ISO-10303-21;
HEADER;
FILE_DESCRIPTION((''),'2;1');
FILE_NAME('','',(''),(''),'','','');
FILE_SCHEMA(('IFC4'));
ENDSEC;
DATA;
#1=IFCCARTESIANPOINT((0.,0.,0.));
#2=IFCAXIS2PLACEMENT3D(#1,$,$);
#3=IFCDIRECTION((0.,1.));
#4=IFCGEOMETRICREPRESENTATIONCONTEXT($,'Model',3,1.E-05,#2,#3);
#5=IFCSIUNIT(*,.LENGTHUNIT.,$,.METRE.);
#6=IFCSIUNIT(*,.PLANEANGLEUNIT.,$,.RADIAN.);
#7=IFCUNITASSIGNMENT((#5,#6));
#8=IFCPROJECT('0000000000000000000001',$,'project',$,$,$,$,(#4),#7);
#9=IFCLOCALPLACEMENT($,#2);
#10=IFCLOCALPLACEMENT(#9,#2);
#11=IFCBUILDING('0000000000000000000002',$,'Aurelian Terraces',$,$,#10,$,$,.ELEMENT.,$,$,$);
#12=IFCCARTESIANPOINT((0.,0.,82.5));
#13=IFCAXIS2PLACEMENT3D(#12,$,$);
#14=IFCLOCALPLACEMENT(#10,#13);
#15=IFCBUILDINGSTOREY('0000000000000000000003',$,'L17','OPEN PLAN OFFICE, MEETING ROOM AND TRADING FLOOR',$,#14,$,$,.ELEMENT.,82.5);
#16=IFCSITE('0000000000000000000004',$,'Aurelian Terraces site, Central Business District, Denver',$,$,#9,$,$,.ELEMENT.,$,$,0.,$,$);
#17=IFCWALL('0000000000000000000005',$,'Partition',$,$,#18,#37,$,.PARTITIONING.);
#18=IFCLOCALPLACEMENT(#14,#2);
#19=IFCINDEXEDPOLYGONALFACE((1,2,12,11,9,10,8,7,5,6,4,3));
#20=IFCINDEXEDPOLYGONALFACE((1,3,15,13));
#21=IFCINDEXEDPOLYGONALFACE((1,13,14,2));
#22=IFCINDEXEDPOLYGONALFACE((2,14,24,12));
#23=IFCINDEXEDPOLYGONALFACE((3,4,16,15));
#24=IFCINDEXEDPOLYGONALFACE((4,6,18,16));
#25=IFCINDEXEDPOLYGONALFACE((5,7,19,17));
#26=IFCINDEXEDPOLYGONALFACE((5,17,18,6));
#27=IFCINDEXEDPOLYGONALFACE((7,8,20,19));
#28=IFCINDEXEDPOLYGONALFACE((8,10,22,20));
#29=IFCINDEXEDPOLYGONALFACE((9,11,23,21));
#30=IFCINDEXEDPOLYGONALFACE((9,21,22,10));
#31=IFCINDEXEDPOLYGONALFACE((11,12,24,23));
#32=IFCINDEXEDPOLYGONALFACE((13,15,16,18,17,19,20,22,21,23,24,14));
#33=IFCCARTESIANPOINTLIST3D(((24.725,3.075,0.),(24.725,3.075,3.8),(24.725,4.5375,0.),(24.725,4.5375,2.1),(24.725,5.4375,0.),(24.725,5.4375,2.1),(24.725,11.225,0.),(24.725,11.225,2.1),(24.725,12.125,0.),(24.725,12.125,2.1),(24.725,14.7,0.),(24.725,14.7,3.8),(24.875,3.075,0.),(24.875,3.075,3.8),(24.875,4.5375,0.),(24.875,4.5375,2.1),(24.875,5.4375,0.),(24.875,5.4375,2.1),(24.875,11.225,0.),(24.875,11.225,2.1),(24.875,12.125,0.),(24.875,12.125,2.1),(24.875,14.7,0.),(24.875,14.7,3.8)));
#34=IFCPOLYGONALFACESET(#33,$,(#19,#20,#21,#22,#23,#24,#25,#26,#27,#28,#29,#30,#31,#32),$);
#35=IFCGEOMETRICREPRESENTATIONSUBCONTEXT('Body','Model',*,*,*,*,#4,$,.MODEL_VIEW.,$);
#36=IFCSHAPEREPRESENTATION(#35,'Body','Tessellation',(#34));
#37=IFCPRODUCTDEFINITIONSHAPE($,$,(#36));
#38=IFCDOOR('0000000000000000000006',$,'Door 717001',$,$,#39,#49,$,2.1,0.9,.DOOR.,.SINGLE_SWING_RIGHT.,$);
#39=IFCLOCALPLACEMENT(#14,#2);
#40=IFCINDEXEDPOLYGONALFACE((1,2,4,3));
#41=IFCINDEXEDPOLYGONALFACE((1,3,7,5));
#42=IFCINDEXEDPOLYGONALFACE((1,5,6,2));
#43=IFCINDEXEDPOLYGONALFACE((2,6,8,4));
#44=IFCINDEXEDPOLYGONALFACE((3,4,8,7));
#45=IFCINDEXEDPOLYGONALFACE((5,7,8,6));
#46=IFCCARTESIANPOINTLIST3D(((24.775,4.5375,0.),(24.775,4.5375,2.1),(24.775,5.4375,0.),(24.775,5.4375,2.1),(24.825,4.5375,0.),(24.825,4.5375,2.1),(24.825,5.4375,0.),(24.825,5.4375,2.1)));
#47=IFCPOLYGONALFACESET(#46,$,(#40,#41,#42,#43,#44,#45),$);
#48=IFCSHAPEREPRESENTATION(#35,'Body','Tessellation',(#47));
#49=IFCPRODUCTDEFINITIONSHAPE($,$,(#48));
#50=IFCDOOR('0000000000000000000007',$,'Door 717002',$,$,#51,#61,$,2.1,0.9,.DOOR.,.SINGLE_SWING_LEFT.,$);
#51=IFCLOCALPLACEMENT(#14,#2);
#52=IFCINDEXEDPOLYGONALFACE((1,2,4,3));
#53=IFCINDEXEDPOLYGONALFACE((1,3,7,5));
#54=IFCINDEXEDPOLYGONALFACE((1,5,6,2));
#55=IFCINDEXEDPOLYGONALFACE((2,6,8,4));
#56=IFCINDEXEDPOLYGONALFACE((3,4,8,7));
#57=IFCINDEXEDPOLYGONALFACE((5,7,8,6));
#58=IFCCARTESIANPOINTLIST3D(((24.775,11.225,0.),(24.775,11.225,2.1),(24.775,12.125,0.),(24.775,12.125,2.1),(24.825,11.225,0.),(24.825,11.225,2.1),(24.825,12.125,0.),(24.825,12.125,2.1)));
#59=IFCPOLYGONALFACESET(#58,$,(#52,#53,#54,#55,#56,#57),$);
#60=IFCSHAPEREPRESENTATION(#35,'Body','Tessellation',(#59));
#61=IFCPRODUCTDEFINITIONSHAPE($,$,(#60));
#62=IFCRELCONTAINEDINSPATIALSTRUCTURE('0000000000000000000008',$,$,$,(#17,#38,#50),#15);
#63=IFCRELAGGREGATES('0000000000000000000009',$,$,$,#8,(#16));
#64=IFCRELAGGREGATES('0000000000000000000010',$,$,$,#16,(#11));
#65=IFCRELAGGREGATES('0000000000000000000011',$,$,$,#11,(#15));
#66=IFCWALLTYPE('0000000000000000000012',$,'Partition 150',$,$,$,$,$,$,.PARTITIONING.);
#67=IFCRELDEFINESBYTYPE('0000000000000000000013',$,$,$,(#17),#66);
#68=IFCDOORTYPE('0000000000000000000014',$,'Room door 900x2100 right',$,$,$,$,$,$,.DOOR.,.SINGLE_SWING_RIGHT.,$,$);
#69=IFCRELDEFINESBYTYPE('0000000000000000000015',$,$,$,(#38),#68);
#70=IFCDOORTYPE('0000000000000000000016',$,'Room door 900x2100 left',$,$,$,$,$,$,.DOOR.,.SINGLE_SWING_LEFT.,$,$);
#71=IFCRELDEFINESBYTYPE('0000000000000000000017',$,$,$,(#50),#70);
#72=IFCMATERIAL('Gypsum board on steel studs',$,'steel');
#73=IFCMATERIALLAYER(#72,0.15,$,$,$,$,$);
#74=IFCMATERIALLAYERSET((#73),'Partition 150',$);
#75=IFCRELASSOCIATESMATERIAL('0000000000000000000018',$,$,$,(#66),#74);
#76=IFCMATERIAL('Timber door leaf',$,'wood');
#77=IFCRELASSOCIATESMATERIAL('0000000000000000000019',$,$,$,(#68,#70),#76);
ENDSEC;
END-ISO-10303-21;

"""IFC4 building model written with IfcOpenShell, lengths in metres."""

from ifc_helpers import new_model, si_unit, direction, frame, frame_2d, origin, place, context, subcontext, project, spatial, rectangle, extrude, source, transform, mapped, material, layer, layer_set, type_object, element, fill, save


model = new_model("IFC4")

# Units and contexts
model_context = context("Model", 3, precision=1e-05, world=origin(), true_north=direction((0.0, 1.0)))
body_context = subcontext(model_context, "Body", "Model", "MODEL_VIEW")
ifc_project = project(units=[si_unit("LENGTHUNIT", "METRE"), si_unit("PLANEANGLEUNIT", "RADIAN")], contexts=[model_context])

# Site, building, storey
site_placement = place(None, origin())
site = spatial("IfcSite", under=ifc_project, at=site_placement, Name="Aurelian Terraces site, Central Business District, Denver", CompositionType="ELEMENT", RefElevation=0.0)
building_placement = place(site_placement, origin())
building = spatial("IfcBuilding", under=site, at=building_placement, Name="Aurelian Terraces", CompositionType="ELEMENT")
storey_placement = place(building_placement, frame((0.0, 0.0, 82.5)))
storey = spatial("IfcBuildingStorey", under=building, at=storey_placement, Name="L17", Description="OPEN PLAN OFFICE, MEETING ROOM AND TRADING FLOOR", CompositionType="ELEMENT", Elevation=82.5)

# Shared definitions
ifc_material_1 = material(Name="Gypsum board on steel studs", Category="steel")
ifc_layer_1 = layer(ifc_material_1, 0.15)
ifc_layer_set_1 = layer_set([ifc_layer_1], Name="Partition 150")
wall_type_1 = type_object("IfcWallType", Name="Partition 150", PredefinedType="PARTITIONING", material=ifc_layer_set_1)
shared_shape_1 = source(origin(), body_context, "Body", "SweptSolid", [
    extrude(rectangle(XDim=0.9, YDim=2.1, at=frame_2d((0.45, 1.05))), frame((0.0, 0.085, 0.0), z_axis=(0.0, -1.0, 0.0), x_axis=(1.0, 0.0, 0.0)), (0.0, 0.0, 1.0), 0.17),
])
ifc_material_2 = material(Name="Timber door leaf", Category="wood")
door_type_1 = type_object("IfcDoorType", Name="Room door 900x2100 right", OperationType="SINGLE_SWING_RIGHT", PredefinedType="DOOR", material=ifc_material_2)
shared_shape_2 = source(origin(), body_context, "Body", "SweptSolid", [
    extrude(rectangle(XDim=0.9, YDim=2.1, at=frame_2d((0.45, 1.05))), frame((0.0, 0.025, 0.0), z_axis=(0.0, -1.0, 0.0), x_axis=(1.0, 0.0, 0.0)), (0.0, 0.0, 1.0), 0.05),
])

# Wall, openings, doors
shared_shape_3 = source(origin(), body_context, "Body", "SweptSolid", [
    extrude(rectangle(XDim=11.625, YDim=0.15, at=frame_2d((5.8125, 0.0))), origin(), (0.0, 0.0, 1.0), 3.8),
])
wall_1_placement = place(storey_placement, frame((24.8, 14.7, 0.0), z_axis=(0.0, 0.0, 1.0), x_axis=(0.0, -1.0, 0.0)))
wall_1 = element("IfcWall", 1, at=wall_1_placement, inside=storey, type_object=wall_type_1, Name="Partition", PredefinedType="PARTITIONING", context=body_context, shape_type="MappedRepresentation", body=[
    mapped(shared_shape_3, transform((0.0, 0.0, 0.0), scale=1.0)),
])
opening_1_placement = place(wall_1_placement, frame((9.2625, 0.0, 0.0)))
opening_1 = element("IfcOpeningElement", 2, at=opening_1_placement, cuts=wall_1, PredefinedType="OPENING", context=body_context, shape_type="MappedRepresentation", body=[
    mapped(shared_shape_1, transform((0.0, 0.0, 0.0), scale=1.0)),
])
opening_2_placement = place(wall_1_placement, frame((2.575, 0.0, 0.0)))
opening_2 = element("IfcOpeningElement", 3, at=opening_2_placement, cuts=wall_1, PredefinedType="OPENING", context=body_context, shape_type="MappedRepresentation", body=[
    mapped(shared_shape_1, transform((0.0, 0.0, 0.0), scale=1.0)),
])
door_1_placement = place(opening_1_placement, origin())
door_1 = element("IfcDoor", 4, at=door_1_placement, inside=storey, type_object=door_type_1, Name="Door 717001", OperationType="SINGLE_SWING_RIGHT", OverallHeight=2.1, OverallWidth=0.9, PredefinedType="DOOR", context=body_context, shape_type="MappedRepresentation", body=[
    mapped(shared_shape_2, transform((0.0, 0.0, 0.0), scale=1.0)),
])
fill(opening_1, door_1)
door_type_2 = type_object("IfcDoorType", Name="Room door 900x2100 left", OperationType="SINGLE_SWING_LEFT", PredefinedType="DOOR", material=ifc_material_2)
door_2_placement = place(opening_2_placement, origin())
door_2 = element("IfcDoor", 5, at=door_2_placement, inside=storey, type_object=door_type_2, Name="Door 717002", OperationType="SINGLE_SWING_LEFT", OverallHeight=2.1, OverallWidth=0.9, PredefinedType="DOOR", context=body_context, shape_type="MappedRepresentation", body=[
    mapped(shared_shape_2, transform((0.0, 0.0, 0.0), scale=1.0)),
])
fill(opening_2, door_2)

save(model, "model.ifc")
